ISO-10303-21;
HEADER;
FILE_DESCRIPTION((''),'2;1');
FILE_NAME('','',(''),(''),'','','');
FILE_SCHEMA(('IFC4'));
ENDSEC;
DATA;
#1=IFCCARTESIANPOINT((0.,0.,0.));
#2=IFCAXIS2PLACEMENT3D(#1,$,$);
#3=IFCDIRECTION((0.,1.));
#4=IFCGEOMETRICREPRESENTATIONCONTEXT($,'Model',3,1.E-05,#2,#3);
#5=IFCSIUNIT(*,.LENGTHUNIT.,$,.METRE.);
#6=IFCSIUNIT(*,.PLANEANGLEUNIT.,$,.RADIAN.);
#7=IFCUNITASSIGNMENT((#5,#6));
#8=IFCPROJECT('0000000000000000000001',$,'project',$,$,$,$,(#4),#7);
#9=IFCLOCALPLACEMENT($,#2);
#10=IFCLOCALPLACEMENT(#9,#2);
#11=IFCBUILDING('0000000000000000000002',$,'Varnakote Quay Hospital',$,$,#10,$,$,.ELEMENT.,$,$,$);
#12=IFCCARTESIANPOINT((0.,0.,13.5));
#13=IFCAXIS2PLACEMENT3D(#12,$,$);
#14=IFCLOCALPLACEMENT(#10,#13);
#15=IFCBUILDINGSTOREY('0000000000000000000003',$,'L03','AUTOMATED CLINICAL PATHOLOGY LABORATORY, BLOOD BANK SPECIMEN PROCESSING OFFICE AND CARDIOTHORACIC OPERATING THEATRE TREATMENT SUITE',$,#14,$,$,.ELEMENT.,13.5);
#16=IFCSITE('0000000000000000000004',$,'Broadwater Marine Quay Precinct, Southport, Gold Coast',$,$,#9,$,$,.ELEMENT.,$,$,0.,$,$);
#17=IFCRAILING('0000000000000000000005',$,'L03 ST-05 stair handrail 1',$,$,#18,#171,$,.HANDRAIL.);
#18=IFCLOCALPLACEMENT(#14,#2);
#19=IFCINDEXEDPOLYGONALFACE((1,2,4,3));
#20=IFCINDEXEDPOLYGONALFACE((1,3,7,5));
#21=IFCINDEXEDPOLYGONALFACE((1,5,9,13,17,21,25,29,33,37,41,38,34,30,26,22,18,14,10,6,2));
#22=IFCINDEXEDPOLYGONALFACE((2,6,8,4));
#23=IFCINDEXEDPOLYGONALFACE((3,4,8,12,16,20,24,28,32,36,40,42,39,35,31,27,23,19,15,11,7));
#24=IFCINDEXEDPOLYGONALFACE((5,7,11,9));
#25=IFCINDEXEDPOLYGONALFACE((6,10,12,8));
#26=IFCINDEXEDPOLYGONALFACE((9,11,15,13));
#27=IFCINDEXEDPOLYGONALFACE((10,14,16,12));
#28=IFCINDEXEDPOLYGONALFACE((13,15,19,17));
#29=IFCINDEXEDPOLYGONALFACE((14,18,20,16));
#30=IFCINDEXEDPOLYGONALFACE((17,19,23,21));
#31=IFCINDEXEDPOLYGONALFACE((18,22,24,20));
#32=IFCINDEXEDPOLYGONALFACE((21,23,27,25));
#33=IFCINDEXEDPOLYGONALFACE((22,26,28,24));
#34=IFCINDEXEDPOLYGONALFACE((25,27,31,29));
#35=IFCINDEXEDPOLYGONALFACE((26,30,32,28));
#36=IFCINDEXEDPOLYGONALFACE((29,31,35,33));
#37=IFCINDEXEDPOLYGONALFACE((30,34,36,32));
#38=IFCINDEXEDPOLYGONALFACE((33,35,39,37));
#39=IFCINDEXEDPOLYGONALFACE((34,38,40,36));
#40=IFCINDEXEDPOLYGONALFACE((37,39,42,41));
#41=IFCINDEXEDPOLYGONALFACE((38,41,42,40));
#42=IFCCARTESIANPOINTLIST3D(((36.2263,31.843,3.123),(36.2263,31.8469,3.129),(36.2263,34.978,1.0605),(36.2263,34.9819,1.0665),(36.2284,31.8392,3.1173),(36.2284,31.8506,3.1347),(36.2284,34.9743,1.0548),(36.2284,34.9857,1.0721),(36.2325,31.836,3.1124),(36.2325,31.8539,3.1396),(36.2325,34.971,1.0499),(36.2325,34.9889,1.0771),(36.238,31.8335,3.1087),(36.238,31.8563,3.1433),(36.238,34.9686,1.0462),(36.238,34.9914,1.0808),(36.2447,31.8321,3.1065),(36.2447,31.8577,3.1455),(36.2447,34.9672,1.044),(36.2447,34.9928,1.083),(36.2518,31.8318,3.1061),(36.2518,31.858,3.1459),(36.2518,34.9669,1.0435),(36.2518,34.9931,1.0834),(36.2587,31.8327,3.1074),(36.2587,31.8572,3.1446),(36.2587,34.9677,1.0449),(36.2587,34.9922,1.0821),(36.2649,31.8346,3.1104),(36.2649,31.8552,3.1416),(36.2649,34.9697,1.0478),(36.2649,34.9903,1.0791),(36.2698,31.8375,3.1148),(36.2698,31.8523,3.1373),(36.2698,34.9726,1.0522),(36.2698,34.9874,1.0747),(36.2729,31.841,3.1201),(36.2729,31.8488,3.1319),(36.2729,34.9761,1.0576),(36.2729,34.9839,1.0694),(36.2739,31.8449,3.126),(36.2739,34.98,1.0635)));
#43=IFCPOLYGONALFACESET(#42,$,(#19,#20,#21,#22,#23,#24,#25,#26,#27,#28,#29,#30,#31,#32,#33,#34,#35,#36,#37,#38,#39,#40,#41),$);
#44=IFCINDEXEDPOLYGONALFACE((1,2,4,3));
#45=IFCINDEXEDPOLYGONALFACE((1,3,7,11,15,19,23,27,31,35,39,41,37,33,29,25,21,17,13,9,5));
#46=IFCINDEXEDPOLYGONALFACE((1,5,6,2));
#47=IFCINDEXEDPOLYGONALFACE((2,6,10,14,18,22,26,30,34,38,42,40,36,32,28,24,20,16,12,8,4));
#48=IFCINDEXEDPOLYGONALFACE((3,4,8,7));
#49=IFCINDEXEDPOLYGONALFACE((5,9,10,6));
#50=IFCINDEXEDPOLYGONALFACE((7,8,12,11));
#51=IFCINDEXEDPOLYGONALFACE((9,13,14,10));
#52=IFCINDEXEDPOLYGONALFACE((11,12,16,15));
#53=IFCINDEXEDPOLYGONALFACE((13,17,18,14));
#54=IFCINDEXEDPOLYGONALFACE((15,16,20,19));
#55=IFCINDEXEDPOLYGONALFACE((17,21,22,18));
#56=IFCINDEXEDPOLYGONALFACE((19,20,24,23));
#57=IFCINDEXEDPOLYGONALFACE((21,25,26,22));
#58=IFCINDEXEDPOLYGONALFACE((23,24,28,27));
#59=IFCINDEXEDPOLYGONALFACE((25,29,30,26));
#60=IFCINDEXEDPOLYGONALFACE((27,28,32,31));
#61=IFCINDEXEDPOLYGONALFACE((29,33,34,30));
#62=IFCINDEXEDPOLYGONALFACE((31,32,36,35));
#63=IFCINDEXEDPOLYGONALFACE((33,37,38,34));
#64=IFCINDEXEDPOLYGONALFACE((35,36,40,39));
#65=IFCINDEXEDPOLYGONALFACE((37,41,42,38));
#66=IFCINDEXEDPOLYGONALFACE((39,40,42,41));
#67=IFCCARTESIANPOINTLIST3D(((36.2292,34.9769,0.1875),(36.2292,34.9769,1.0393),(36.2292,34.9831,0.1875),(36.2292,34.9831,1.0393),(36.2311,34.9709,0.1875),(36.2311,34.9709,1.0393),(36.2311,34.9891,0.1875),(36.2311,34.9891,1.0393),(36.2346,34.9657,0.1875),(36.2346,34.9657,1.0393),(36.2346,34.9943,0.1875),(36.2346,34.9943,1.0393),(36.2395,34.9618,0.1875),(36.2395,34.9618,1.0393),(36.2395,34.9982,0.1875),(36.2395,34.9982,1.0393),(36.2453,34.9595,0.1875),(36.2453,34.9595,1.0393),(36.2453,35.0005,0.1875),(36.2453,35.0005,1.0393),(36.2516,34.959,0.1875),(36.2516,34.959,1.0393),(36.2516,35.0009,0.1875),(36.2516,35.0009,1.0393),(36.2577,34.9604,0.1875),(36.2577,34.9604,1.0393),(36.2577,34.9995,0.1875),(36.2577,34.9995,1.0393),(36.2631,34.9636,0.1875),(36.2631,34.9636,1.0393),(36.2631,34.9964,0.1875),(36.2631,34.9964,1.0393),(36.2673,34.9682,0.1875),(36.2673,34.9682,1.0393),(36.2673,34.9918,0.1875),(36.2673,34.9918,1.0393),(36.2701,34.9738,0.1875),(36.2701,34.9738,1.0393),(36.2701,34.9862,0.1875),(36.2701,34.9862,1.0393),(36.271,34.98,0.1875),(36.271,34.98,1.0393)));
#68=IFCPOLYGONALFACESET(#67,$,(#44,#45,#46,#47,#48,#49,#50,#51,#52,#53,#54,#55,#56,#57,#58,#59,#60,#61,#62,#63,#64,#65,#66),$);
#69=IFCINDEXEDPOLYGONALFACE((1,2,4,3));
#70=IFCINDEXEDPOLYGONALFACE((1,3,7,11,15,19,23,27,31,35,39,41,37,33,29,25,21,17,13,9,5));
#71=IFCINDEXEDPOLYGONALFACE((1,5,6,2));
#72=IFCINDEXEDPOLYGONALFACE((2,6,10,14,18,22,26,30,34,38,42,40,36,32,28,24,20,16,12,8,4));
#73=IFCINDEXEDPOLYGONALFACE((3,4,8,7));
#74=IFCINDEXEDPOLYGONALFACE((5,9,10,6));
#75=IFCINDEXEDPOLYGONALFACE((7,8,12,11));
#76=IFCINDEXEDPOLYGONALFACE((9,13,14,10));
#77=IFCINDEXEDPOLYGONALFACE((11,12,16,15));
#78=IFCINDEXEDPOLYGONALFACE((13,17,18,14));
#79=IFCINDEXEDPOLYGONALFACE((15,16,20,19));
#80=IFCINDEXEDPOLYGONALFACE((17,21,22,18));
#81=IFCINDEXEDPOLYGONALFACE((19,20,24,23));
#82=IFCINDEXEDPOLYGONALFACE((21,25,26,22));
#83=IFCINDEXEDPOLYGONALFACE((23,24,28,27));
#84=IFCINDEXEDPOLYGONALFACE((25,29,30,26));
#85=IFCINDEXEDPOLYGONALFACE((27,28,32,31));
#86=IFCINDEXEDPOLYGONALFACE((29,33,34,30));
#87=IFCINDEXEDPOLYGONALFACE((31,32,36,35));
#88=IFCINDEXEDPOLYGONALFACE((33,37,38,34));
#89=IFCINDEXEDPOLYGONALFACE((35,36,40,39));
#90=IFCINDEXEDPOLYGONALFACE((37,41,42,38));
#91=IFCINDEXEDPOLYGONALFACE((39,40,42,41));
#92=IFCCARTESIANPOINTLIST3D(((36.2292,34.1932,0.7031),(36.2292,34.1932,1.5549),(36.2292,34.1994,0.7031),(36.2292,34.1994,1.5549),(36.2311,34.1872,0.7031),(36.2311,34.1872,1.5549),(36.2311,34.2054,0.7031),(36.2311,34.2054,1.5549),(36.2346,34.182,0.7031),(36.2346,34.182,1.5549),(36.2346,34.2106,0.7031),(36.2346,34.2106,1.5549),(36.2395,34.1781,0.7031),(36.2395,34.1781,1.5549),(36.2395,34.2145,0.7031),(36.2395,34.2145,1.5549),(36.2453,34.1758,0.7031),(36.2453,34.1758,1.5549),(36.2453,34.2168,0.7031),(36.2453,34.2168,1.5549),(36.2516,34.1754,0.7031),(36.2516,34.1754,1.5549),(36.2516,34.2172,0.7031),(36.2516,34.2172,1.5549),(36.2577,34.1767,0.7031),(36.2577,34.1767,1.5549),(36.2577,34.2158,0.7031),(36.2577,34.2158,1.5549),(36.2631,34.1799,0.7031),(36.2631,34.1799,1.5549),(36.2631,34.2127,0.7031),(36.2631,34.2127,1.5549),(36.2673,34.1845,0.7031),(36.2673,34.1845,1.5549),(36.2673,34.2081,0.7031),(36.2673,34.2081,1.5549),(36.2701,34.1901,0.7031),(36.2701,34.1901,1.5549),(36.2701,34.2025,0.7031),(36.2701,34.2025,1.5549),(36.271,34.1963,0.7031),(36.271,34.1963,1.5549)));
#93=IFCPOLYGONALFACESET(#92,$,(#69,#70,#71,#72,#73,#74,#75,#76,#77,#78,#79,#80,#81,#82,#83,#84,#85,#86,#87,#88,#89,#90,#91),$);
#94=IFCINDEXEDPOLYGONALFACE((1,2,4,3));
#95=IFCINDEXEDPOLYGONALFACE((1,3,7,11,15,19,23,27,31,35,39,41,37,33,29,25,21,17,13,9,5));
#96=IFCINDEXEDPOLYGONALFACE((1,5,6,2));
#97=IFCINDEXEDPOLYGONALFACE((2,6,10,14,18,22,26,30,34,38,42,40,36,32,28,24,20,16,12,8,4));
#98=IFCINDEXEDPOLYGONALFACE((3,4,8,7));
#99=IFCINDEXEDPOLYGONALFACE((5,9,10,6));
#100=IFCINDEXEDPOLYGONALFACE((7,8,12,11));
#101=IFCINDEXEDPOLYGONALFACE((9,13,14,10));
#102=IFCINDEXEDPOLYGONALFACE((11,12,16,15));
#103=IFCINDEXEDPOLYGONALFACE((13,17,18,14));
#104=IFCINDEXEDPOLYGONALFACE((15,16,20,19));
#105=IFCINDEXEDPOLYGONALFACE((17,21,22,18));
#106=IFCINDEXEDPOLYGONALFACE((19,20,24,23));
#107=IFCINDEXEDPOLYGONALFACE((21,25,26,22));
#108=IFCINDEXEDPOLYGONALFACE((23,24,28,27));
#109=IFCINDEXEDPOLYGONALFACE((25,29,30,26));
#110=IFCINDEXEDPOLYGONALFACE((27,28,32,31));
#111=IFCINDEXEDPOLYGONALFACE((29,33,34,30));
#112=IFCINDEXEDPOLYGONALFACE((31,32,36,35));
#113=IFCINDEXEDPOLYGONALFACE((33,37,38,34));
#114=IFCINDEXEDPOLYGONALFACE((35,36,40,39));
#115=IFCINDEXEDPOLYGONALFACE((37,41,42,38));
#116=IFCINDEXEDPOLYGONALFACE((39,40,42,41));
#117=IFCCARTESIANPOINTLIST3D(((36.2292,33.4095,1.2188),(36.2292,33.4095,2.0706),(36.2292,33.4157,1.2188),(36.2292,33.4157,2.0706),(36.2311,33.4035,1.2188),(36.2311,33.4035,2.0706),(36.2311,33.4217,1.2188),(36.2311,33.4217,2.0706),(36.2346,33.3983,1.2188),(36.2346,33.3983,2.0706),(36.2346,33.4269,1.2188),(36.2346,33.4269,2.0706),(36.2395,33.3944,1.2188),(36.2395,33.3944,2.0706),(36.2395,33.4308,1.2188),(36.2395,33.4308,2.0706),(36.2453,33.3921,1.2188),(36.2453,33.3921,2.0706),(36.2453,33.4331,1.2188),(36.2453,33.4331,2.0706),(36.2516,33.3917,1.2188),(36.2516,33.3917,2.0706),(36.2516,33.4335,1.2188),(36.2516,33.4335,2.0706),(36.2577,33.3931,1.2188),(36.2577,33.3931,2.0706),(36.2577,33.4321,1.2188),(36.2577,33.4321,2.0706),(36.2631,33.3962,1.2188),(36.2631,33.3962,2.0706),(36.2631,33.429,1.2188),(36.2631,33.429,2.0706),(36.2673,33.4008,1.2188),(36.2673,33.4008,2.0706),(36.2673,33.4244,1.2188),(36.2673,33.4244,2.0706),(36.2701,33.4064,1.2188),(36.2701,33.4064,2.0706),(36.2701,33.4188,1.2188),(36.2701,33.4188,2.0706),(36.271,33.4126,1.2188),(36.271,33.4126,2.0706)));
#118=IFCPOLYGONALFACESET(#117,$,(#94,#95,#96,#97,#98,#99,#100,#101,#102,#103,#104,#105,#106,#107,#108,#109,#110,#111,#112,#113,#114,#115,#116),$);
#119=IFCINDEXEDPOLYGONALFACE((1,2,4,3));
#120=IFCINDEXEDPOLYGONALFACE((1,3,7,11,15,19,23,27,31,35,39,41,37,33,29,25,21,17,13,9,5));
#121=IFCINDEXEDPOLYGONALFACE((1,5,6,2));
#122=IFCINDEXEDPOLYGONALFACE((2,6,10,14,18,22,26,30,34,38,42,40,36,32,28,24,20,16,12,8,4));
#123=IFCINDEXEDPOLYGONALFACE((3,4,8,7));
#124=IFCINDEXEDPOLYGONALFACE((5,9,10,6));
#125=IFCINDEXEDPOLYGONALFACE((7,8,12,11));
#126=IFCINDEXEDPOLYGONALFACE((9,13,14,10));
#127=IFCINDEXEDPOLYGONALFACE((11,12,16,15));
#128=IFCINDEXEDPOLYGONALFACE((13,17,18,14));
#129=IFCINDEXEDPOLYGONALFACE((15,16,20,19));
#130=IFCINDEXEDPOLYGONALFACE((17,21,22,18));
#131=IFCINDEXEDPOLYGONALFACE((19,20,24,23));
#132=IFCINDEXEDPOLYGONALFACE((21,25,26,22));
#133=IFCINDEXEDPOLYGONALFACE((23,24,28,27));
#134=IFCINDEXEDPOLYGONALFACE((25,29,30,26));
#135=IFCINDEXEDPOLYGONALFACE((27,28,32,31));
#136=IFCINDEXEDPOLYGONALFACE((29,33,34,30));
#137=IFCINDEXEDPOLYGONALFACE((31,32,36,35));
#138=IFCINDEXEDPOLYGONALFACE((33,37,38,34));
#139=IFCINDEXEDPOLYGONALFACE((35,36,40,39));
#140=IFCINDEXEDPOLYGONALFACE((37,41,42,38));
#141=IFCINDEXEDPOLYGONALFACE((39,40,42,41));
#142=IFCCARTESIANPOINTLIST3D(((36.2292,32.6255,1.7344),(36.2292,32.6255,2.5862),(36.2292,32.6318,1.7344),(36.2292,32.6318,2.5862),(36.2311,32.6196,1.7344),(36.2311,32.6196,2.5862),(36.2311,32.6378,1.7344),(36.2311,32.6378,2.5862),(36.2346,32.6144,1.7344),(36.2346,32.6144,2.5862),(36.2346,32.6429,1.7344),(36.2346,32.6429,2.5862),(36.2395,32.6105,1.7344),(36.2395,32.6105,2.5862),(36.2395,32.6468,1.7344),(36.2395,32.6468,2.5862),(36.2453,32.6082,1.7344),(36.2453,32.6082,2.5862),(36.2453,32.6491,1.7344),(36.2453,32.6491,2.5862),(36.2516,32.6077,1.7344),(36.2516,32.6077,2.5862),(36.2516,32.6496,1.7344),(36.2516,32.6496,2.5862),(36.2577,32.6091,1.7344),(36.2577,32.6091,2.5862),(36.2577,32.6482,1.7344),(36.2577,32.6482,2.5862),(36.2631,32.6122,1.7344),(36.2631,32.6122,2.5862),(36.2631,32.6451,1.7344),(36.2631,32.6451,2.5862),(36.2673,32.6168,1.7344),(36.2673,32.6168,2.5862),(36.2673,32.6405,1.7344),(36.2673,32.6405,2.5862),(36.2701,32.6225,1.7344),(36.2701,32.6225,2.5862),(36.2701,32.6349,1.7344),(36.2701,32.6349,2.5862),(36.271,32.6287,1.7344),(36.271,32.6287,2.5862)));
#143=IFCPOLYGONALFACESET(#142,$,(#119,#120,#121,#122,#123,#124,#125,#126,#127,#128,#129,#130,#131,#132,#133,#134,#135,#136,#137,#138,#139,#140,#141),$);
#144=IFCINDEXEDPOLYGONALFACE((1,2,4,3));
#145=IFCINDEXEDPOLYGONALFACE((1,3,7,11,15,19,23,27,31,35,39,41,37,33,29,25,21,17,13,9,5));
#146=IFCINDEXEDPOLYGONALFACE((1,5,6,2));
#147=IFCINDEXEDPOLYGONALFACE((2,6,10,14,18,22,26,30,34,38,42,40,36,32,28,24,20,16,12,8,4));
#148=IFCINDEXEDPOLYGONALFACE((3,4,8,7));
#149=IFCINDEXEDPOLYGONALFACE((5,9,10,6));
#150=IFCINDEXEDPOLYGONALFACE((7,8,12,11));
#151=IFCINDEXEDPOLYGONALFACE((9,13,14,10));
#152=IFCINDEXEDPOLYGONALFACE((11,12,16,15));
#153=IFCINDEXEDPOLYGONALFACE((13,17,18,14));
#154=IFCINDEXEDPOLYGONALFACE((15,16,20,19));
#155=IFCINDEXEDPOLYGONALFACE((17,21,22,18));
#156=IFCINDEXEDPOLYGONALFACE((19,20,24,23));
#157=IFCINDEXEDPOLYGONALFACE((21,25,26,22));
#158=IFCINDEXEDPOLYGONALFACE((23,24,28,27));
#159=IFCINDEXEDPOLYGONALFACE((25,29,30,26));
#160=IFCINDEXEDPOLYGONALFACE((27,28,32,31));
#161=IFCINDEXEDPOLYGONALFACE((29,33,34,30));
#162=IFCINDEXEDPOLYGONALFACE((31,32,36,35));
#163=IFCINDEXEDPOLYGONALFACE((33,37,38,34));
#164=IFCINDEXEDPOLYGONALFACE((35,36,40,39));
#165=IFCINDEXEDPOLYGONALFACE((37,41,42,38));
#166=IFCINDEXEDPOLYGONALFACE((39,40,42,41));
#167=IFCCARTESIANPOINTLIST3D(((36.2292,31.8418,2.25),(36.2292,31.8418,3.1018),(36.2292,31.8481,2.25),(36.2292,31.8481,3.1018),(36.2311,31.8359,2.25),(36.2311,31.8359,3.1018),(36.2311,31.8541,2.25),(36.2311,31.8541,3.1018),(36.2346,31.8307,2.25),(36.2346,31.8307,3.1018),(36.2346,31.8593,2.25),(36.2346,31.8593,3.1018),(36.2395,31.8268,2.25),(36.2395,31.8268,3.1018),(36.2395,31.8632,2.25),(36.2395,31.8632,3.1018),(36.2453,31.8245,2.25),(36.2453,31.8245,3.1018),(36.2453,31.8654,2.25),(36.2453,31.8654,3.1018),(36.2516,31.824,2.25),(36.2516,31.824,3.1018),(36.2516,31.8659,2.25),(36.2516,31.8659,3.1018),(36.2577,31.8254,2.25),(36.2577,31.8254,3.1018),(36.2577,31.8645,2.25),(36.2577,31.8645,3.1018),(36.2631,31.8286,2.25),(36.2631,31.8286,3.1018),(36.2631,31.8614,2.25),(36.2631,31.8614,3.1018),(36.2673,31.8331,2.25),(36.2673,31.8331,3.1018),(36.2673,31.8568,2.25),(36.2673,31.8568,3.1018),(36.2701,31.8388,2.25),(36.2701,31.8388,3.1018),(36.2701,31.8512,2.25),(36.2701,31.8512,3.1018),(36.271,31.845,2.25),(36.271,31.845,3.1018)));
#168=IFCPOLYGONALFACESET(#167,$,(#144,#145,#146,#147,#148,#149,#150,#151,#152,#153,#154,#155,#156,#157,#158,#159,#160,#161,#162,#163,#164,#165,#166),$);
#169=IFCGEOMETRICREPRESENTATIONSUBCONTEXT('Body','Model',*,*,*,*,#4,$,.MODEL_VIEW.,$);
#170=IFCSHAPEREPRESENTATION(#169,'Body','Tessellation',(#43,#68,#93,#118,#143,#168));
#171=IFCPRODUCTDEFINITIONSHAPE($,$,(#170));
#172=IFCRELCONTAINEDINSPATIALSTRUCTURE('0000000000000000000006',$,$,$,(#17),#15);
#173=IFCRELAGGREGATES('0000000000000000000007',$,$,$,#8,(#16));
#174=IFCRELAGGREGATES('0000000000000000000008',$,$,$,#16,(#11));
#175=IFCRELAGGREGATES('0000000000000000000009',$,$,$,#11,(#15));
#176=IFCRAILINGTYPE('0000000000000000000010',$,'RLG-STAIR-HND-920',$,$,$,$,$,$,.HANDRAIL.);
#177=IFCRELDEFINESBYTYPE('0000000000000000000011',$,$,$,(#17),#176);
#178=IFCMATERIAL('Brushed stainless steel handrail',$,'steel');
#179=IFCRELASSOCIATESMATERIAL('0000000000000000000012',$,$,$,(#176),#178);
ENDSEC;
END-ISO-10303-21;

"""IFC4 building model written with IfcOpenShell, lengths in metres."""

from ifc_helpers import new_model, si_unit, direction, frame, origin, origin_2d, place, context, subcontext, project, spatial, circle, extrude, material, type_object, element, save


model = new_model("IFC4")

# Units and contexts
model_context = context("Model", 3, precision=1e-05, world=origin(), true_north=direction((0.0, 1.0)))
body_context = subcontext(model_context, "Body", "Model", "MODEL_VIEW")
ifc_project = project(units=[si_unit("LENGTHUNIT", "METRE"), si_unit("PLANEANGLEUNIT", "RADIAN")], contexts=[model_context])

# Site, building, storey
site_placement = place(None, origin())
site = spatial("IfcSite", under=ifc_project, at=site_placement, Name="Broadwater Marine Quay Precinct, Southport, Gold Coast", CompositionType="ELEMENT", RefElevation=0.0)
building_placement = place(site_placement, origin())
building = spatial("IfcBuilding", under=site, at=building_placement, Name="Varnakote Quay Hospital", CompositionType="ELEMENT")
storey_placement = place(building_placement, frame((0.0, 0.0, 13.5)))
storey = spatial("IfcBuildingStorey", under=building, at=storey_placement, Name="L03", Description="AUTOMATED CLINICAL PATHOLOGY LABORATORY, BLOOD BANK SPECIMEN PROCESSING OFFICE AND CARDIOTHORACIC OPERATING THEATRE TREATMENT SUITE", CompositionType="ELEMENT", Elevation=13.5)

# Railing
ifc_material_1 = material(Name="Brushed stainless steel handrail", Category="steel")
railing_type_1 = type_object("IfcRailingType", Name="RLG-STAIR-HND-920", PredefinedType="HANDRAIL", material=ifc_material_1)
railing_1_placement = place(storey_placement, frame((36.25, 34.98, 0.1875)))
element("IfcRailing", 1, at=railing_1_placement, inside=storey, type_object=railing_type_1, Name="L03 ST-05 stair handrail 1", PredefinedType="HANDRAIL", context=body_context, shape_type="SweptSolid", body=[
    extrude(circle(Radius=0.0239, at=origin_2d()), frame((0.0, 0.0, 0.876), z_axis=(0.0, -0.835418, 0.549615), x_axis=(1.0, 0.0, 0.0)), (0.0, 0.0, 1.0), 3.7527),
    extrude(circle(Radius=0.021, at=origin_2d()), origin(), (0.0, 0.0, 1.0), 0.8518),
    extrude(circle(Radius=0.021, at=origin_2d()), frame((0.0, -0.7837, 0.5156)), (0.0, 0.0, 1.0), 0.8518),
    extrude(circle(Radius=0.021, at=origin_2d()), frame((0.0, -1.5674, 1.0312)), (0.0, 0.0, 1.0), 0.8518),
    extrude(circle(Radius=0.021, at=origin_2d()), frame((0.0, -2.3513, 1.5469)), (0.0, 0.0, 1.0), 0.8518),
    extrude(circle(Radius=0.021, at=origin_2d()), frame((0.0, -3.135, 2.0625)), (0.0, 0.0, 1.0), 0.8518),
])

save(model, "model.ifc")
